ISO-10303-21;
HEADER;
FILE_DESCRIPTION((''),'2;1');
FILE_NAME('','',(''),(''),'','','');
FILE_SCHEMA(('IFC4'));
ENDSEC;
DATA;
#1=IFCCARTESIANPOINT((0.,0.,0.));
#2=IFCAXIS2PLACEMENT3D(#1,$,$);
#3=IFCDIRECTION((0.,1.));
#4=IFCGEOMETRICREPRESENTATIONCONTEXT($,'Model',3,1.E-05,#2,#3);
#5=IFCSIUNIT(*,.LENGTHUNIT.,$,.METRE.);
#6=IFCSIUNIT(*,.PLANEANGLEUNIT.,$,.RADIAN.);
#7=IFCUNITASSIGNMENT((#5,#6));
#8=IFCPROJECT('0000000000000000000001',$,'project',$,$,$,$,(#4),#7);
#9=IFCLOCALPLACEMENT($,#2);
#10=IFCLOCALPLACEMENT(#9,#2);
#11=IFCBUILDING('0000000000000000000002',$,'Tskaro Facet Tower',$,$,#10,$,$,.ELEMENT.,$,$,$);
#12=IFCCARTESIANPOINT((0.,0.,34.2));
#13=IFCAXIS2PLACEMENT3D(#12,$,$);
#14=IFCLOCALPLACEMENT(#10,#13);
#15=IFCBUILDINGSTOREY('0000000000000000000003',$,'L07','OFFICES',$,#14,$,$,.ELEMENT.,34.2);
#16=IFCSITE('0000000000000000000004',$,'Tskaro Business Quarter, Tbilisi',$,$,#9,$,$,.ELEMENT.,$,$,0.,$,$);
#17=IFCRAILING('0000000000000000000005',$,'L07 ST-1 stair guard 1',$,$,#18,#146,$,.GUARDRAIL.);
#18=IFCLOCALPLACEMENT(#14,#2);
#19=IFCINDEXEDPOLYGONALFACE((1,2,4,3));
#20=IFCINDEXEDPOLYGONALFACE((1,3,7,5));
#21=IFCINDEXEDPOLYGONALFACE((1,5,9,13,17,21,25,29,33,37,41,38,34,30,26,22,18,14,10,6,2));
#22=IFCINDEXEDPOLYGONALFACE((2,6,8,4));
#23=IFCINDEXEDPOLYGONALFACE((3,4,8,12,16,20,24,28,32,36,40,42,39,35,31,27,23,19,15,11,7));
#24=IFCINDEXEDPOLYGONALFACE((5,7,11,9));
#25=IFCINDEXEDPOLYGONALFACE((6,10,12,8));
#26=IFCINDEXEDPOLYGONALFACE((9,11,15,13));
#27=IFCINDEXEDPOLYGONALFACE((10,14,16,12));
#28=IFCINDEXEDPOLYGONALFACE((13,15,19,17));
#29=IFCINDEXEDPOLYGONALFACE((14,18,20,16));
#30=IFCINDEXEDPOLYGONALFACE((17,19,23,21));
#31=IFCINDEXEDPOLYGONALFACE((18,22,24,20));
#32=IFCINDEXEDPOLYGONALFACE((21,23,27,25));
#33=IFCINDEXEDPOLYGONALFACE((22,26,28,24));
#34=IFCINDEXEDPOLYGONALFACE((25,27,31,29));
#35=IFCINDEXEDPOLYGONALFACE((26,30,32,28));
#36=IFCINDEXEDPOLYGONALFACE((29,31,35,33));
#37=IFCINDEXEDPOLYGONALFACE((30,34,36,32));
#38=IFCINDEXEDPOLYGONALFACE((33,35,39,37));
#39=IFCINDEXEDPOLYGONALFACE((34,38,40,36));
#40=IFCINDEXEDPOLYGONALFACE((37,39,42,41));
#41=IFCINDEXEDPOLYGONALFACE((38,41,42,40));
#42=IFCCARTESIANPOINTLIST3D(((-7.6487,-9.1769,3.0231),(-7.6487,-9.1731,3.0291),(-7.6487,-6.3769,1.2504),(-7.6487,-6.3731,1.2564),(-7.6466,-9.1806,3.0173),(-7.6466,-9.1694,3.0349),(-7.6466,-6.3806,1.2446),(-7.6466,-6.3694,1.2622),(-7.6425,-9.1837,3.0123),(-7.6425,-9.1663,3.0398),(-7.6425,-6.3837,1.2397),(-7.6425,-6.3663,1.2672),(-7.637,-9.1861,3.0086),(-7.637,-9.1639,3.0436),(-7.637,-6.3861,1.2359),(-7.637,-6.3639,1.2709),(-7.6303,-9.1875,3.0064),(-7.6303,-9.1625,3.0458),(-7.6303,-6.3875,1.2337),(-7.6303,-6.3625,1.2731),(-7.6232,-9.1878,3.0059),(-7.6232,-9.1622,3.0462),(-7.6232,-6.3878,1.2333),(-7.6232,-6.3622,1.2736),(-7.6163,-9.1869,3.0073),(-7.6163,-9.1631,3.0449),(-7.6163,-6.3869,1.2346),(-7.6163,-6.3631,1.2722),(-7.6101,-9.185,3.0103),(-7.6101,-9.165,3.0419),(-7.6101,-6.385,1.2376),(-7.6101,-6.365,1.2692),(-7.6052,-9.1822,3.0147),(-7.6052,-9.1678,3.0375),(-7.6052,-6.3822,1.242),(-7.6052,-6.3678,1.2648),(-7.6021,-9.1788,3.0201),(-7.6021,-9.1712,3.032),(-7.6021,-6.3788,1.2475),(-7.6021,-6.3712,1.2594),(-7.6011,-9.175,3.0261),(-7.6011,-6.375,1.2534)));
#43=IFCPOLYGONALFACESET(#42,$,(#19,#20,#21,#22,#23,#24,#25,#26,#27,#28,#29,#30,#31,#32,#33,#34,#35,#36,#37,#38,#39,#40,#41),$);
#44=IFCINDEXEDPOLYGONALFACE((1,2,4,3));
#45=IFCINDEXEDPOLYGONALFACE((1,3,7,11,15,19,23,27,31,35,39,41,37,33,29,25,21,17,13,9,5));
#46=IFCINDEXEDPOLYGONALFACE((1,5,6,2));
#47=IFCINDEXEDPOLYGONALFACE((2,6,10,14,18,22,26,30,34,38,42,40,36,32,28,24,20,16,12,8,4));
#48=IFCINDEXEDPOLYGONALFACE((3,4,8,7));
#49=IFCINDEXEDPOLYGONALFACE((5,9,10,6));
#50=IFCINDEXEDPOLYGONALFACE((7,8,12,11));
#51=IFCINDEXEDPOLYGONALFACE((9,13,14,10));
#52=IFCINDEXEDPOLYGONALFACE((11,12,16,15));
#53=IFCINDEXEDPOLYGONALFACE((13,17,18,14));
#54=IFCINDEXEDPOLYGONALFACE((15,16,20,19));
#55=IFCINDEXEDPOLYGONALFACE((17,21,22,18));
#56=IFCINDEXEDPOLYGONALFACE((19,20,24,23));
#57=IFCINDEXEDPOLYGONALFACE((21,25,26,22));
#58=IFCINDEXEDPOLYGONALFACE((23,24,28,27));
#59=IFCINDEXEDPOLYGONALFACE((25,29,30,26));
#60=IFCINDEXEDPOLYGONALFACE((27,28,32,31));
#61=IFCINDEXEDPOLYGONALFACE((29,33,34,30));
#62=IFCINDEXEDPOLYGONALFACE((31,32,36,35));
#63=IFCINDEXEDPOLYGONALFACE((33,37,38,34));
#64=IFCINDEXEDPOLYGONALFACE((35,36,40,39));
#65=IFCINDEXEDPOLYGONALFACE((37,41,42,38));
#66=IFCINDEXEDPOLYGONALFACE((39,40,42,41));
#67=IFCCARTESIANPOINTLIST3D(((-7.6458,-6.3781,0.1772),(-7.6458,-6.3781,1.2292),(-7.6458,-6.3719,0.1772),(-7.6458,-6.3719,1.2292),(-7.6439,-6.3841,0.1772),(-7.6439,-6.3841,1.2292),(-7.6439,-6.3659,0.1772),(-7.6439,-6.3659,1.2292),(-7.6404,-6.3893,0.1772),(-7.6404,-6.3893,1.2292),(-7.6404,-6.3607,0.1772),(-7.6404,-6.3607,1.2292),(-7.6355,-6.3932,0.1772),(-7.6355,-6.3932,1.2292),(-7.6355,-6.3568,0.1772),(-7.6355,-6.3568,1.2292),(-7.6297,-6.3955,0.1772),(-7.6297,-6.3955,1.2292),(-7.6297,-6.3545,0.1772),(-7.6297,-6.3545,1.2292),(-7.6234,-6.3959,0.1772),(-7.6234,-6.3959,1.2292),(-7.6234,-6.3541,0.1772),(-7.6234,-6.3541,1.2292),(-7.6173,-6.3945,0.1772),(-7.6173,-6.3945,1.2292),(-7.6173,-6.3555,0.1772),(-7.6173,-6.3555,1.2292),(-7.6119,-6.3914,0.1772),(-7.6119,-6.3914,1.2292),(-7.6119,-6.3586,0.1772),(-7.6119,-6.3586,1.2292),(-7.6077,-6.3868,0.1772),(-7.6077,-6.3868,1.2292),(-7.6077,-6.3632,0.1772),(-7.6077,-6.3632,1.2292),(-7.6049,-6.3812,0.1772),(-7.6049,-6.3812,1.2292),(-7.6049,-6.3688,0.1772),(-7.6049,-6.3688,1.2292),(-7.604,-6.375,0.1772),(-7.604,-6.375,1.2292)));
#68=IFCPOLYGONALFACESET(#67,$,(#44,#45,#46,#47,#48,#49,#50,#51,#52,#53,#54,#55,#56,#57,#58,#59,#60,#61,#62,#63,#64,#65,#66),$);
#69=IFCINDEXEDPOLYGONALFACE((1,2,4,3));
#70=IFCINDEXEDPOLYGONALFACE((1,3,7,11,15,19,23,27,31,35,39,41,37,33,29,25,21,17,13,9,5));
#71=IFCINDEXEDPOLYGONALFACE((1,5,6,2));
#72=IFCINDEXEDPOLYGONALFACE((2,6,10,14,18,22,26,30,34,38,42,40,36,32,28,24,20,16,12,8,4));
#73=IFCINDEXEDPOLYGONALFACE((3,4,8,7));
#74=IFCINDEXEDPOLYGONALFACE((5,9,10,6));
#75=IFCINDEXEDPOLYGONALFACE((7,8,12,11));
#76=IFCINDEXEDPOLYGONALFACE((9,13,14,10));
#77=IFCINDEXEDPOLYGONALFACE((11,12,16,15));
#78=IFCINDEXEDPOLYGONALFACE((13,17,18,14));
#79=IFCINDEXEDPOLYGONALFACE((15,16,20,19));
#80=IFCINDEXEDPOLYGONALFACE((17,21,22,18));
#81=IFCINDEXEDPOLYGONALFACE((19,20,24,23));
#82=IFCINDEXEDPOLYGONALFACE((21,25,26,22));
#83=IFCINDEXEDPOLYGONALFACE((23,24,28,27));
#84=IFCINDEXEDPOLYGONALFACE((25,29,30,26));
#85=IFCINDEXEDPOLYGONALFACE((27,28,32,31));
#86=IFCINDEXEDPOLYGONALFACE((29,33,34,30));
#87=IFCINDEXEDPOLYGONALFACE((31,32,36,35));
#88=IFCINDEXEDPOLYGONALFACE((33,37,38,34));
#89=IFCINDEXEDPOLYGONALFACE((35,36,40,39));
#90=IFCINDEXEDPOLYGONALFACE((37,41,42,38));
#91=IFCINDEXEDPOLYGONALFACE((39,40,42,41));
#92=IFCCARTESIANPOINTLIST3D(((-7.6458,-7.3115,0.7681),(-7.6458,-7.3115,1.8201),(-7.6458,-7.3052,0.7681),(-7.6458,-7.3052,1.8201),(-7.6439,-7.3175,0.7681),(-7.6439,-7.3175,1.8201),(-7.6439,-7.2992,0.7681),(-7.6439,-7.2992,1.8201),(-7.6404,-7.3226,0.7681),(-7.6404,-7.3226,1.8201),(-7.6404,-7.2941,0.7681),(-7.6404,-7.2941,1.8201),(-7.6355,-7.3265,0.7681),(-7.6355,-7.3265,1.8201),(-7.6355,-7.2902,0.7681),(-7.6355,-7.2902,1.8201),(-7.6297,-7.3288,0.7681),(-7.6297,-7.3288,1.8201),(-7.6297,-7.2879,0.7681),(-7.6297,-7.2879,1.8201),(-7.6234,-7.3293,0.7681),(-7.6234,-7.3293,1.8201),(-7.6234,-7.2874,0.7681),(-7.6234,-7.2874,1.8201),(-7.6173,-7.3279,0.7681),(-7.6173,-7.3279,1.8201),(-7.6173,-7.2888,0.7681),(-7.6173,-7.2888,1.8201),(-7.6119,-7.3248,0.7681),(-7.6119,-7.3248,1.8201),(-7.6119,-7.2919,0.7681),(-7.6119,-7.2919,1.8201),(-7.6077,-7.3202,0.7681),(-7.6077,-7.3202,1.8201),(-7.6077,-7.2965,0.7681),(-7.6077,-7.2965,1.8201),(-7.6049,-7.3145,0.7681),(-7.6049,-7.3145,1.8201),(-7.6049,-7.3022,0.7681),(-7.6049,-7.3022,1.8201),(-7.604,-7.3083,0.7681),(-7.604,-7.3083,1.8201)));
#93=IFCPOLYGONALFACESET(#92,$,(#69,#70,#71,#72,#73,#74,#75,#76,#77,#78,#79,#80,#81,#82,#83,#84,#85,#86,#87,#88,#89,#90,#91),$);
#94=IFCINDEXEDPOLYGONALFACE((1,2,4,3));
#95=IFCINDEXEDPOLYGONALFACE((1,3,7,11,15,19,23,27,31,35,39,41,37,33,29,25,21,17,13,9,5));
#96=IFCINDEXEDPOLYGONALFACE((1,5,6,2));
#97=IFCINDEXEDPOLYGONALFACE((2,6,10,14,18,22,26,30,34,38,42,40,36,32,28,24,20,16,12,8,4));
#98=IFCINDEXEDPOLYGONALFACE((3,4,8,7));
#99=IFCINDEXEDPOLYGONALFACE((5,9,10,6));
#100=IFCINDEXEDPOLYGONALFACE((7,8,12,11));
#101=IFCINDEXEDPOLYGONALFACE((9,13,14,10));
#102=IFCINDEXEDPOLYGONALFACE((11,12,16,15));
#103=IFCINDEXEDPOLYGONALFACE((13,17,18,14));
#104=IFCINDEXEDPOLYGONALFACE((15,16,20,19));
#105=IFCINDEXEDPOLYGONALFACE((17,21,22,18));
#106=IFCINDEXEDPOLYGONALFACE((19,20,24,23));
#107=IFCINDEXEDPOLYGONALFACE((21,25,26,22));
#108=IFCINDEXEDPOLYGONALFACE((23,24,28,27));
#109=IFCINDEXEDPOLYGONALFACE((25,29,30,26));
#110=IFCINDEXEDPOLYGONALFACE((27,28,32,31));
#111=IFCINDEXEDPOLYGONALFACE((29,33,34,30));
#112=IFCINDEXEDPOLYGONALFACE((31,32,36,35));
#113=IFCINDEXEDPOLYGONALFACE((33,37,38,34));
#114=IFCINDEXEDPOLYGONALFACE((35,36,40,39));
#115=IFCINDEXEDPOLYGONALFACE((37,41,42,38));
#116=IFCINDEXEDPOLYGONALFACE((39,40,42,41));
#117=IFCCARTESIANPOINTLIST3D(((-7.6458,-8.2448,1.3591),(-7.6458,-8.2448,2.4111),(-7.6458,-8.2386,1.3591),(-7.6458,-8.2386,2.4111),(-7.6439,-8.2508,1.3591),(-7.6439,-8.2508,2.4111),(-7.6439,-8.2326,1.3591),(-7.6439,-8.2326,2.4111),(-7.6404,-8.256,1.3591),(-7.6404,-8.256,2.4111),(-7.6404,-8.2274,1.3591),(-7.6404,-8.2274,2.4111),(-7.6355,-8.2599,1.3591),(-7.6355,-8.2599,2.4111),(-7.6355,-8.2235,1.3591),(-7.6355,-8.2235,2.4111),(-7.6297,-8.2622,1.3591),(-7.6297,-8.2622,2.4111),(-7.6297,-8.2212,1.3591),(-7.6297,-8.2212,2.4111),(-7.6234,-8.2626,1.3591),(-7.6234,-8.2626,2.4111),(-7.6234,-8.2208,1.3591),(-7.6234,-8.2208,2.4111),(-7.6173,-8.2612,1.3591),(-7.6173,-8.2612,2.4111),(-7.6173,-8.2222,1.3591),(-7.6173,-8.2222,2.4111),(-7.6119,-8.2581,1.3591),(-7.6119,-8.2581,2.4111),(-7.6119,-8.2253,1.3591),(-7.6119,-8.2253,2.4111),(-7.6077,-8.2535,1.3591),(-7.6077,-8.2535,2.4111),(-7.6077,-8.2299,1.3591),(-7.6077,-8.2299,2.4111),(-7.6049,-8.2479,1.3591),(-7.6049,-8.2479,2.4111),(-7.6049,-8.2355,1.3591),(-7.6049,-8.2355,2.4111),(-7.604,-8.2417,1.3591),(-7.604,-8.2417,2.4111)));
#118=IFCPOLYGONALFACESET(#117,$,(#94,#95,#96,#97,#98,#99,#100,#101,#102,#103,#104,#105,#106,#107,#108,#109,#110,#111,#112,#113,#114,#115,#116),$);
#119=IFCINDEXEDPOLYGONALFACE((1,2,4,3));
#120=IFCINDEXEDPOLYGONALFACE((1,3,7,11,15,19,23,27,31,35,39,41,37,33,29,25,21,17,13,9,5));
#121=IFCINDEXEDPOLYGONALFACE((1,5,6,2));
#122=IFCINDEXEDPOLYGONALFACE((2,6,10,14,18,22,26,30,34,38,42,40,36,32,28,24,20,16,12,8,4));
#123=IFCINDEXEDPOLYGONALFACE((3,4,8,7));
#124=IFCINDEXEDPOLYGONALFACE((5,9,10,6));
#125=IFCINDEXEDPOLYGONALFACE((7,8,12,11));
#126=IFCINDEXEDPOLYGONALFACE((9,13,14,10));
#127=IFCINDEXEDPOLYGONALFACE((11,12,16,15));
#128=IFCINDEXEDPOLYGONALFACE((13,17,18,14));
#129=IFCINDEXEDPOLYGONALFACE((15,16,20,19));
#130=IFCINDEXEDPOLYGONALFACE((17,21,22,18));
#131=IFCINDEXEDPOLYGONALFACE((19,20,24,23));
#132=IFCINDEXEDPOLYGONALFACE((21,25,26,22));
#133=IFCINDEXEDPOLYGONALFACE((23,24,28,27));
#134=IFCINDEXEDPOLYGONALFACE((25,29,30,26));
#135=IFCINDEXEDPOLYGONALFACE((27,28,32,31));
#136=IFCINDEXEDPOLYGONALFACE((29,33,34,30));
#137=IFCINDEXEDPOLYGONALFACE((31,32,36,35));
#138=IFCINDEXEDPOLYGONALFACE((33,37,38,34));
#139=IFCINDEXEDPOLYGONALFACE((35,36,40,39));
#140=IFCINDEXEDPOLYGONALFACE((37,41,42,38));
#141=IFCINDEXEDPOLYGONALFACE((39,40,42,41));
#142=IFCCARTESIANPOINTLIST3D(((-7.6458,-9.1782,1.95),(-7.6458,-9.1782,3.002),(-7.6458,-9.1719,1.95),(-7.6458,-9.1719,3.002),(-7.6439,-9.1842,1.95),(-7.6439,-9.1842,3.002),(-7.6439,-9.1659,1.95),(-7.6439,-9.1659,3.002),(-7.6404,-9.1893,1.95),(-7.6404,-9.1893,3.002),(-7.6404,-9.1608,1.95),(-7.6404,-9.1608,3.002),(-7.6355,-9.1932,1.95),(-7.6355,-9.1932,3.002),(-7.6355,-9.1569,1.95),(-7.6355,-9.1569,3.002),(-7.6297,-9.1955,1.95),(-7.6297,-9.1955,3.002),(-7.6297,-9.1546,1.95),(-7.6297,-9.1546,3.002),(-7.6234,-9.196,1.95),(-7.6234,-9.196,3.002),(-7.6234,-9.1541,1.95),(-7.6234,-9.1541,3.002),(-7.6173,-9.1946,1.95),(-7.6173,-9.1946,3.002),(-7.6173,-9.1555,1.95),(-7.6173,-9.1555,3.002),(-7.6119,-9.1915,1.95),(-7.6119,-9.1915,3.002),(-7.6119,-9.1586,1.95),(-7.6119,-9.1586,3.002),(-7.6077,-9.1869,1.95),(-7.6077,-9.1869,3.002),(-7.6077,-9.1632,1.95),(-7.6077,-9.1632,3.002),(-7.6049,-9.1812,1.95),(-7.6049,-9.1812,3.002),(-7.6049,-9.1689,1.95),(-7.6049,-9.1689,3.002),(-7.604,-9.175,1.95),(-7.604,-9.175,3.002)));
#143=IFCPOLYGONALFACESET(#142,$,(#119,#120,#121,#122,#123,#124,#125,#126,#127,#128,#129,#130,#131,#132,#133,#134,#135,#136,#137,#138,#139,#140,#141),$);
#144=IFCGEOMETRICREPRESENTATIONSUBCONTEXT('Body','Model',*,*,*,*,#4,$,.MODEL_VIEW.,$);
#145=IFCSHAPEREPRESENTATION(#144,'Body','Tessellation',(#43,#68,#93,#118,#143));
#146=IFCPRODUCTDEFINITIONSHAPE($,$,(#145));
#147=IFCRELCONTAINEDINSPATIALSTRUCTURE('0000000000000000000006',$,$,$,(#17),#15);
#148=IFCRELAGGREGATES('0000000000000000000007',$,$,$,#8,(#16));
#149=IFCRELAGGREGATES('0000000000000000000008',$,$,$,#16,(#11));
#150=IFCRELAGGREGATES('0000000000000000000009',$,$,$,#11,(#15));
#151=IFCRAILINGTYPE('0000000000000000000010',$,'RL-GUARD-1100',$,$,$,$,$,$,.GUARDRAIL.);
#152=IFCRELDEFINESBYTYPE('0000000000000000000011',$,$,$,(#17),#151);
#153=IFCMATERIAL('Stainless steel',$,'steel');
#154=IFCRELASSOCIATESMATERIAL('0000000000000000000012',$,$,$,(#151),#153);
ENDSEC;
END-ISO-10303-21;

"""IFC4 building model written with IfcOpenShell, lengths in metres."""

from ifc_helpers import new_model, si_unit, direction, frame, origin, origin_2d, place, context, subcontext, project, spatial, circle, extrude, material, type_object, element, save


model = new_model("IFC4")

# Units and contexts
model_context = context("Model", 3, precision=1e-05, world=origin(), true_north=direction((0.0, 1.0)))
body_context = subcontext(model_context, "Body", "Model", "MODEL_VIEW")
ifc_project = project(units=[si_unit("LENGTHUNIT", "METRE"), si_unit("PLANEANGLEUNIT", "RADIAN")], contexts=[model_context])

# Site, building, storey
site_placement = place(None, origin())
site = spatial("IfcSite", under=ifc_project, at=site_placement, Name="Tskaro Business Quarter, Tbilisi", CompositionType="ELEMENT", RefElevation=0.0)
building_placement = place(site_placement, origin())
building = spatial("IfcBuilding", under=site, at=building_placement, Name="Tskaro Facet Tower", CompositionType="ELEMENT")
storey_placement = place(building_placement, frame((0.0, 0.0, 34.2)))
storey = spatial("IfcBuildingStorey", under=building, at=storey_placement, Name="L07", Description="OFFICES", CompositionType="ELEMENT", Elevation=34.2)

# Shared definitions
ifc_material_1 = material(Name="Stainless steel", Category="steel")

# Railing
railing_type_1 = type_object("IfcRailingType", Name="RL-GUARD-1100", PredefinedType="GUARDRAIL", material=ifc_material_1)
railing_1_placement = place(storey_placement, frame((-7.625, -6.375, 0.1772)))
element("IfcRailing", 1, at=railing_1_placement, inside=storey, type_object=railing_type_1, Name="L07 ST-1 stair guard 1", PredefinedType="GUARDRAIL", context=body_context, shape_type="SweptSolid", body=[
    extrude(circle(Radius=0.0239, at=origin_2d()), frame((0.0, 0.0, 1.0762), z_axis=(0.0, -0.844909, 0.53491), x_axis=(1.0, 0.0, 0.0)), (0.0, 0.0, 1.0), 3.314),
    extrude(circle(Radius=0.021, at=origin_2d()), origin(), (0.0, 0.0, 1.0), 1.052),
    extrude(circle(Radius=0.021, at=origin_2d()), frame((0.0, -0.9333, 0.5908)), (0.0, 0.0, 1.0), 1.052),
    extrude(circle(Radius=0.021, at=origin_2d()), frame((0.0, -1.8667, 1.1819)), (0.0, 0.0, 1.0), 1.052),
    extrude(circle(Radius=0.021, at=origin_2d()), frame((0.0, -2.8, 1.7727)), (0.0, 0.0, 1.0), 1.052),
])

save(model, "model.ifc")
